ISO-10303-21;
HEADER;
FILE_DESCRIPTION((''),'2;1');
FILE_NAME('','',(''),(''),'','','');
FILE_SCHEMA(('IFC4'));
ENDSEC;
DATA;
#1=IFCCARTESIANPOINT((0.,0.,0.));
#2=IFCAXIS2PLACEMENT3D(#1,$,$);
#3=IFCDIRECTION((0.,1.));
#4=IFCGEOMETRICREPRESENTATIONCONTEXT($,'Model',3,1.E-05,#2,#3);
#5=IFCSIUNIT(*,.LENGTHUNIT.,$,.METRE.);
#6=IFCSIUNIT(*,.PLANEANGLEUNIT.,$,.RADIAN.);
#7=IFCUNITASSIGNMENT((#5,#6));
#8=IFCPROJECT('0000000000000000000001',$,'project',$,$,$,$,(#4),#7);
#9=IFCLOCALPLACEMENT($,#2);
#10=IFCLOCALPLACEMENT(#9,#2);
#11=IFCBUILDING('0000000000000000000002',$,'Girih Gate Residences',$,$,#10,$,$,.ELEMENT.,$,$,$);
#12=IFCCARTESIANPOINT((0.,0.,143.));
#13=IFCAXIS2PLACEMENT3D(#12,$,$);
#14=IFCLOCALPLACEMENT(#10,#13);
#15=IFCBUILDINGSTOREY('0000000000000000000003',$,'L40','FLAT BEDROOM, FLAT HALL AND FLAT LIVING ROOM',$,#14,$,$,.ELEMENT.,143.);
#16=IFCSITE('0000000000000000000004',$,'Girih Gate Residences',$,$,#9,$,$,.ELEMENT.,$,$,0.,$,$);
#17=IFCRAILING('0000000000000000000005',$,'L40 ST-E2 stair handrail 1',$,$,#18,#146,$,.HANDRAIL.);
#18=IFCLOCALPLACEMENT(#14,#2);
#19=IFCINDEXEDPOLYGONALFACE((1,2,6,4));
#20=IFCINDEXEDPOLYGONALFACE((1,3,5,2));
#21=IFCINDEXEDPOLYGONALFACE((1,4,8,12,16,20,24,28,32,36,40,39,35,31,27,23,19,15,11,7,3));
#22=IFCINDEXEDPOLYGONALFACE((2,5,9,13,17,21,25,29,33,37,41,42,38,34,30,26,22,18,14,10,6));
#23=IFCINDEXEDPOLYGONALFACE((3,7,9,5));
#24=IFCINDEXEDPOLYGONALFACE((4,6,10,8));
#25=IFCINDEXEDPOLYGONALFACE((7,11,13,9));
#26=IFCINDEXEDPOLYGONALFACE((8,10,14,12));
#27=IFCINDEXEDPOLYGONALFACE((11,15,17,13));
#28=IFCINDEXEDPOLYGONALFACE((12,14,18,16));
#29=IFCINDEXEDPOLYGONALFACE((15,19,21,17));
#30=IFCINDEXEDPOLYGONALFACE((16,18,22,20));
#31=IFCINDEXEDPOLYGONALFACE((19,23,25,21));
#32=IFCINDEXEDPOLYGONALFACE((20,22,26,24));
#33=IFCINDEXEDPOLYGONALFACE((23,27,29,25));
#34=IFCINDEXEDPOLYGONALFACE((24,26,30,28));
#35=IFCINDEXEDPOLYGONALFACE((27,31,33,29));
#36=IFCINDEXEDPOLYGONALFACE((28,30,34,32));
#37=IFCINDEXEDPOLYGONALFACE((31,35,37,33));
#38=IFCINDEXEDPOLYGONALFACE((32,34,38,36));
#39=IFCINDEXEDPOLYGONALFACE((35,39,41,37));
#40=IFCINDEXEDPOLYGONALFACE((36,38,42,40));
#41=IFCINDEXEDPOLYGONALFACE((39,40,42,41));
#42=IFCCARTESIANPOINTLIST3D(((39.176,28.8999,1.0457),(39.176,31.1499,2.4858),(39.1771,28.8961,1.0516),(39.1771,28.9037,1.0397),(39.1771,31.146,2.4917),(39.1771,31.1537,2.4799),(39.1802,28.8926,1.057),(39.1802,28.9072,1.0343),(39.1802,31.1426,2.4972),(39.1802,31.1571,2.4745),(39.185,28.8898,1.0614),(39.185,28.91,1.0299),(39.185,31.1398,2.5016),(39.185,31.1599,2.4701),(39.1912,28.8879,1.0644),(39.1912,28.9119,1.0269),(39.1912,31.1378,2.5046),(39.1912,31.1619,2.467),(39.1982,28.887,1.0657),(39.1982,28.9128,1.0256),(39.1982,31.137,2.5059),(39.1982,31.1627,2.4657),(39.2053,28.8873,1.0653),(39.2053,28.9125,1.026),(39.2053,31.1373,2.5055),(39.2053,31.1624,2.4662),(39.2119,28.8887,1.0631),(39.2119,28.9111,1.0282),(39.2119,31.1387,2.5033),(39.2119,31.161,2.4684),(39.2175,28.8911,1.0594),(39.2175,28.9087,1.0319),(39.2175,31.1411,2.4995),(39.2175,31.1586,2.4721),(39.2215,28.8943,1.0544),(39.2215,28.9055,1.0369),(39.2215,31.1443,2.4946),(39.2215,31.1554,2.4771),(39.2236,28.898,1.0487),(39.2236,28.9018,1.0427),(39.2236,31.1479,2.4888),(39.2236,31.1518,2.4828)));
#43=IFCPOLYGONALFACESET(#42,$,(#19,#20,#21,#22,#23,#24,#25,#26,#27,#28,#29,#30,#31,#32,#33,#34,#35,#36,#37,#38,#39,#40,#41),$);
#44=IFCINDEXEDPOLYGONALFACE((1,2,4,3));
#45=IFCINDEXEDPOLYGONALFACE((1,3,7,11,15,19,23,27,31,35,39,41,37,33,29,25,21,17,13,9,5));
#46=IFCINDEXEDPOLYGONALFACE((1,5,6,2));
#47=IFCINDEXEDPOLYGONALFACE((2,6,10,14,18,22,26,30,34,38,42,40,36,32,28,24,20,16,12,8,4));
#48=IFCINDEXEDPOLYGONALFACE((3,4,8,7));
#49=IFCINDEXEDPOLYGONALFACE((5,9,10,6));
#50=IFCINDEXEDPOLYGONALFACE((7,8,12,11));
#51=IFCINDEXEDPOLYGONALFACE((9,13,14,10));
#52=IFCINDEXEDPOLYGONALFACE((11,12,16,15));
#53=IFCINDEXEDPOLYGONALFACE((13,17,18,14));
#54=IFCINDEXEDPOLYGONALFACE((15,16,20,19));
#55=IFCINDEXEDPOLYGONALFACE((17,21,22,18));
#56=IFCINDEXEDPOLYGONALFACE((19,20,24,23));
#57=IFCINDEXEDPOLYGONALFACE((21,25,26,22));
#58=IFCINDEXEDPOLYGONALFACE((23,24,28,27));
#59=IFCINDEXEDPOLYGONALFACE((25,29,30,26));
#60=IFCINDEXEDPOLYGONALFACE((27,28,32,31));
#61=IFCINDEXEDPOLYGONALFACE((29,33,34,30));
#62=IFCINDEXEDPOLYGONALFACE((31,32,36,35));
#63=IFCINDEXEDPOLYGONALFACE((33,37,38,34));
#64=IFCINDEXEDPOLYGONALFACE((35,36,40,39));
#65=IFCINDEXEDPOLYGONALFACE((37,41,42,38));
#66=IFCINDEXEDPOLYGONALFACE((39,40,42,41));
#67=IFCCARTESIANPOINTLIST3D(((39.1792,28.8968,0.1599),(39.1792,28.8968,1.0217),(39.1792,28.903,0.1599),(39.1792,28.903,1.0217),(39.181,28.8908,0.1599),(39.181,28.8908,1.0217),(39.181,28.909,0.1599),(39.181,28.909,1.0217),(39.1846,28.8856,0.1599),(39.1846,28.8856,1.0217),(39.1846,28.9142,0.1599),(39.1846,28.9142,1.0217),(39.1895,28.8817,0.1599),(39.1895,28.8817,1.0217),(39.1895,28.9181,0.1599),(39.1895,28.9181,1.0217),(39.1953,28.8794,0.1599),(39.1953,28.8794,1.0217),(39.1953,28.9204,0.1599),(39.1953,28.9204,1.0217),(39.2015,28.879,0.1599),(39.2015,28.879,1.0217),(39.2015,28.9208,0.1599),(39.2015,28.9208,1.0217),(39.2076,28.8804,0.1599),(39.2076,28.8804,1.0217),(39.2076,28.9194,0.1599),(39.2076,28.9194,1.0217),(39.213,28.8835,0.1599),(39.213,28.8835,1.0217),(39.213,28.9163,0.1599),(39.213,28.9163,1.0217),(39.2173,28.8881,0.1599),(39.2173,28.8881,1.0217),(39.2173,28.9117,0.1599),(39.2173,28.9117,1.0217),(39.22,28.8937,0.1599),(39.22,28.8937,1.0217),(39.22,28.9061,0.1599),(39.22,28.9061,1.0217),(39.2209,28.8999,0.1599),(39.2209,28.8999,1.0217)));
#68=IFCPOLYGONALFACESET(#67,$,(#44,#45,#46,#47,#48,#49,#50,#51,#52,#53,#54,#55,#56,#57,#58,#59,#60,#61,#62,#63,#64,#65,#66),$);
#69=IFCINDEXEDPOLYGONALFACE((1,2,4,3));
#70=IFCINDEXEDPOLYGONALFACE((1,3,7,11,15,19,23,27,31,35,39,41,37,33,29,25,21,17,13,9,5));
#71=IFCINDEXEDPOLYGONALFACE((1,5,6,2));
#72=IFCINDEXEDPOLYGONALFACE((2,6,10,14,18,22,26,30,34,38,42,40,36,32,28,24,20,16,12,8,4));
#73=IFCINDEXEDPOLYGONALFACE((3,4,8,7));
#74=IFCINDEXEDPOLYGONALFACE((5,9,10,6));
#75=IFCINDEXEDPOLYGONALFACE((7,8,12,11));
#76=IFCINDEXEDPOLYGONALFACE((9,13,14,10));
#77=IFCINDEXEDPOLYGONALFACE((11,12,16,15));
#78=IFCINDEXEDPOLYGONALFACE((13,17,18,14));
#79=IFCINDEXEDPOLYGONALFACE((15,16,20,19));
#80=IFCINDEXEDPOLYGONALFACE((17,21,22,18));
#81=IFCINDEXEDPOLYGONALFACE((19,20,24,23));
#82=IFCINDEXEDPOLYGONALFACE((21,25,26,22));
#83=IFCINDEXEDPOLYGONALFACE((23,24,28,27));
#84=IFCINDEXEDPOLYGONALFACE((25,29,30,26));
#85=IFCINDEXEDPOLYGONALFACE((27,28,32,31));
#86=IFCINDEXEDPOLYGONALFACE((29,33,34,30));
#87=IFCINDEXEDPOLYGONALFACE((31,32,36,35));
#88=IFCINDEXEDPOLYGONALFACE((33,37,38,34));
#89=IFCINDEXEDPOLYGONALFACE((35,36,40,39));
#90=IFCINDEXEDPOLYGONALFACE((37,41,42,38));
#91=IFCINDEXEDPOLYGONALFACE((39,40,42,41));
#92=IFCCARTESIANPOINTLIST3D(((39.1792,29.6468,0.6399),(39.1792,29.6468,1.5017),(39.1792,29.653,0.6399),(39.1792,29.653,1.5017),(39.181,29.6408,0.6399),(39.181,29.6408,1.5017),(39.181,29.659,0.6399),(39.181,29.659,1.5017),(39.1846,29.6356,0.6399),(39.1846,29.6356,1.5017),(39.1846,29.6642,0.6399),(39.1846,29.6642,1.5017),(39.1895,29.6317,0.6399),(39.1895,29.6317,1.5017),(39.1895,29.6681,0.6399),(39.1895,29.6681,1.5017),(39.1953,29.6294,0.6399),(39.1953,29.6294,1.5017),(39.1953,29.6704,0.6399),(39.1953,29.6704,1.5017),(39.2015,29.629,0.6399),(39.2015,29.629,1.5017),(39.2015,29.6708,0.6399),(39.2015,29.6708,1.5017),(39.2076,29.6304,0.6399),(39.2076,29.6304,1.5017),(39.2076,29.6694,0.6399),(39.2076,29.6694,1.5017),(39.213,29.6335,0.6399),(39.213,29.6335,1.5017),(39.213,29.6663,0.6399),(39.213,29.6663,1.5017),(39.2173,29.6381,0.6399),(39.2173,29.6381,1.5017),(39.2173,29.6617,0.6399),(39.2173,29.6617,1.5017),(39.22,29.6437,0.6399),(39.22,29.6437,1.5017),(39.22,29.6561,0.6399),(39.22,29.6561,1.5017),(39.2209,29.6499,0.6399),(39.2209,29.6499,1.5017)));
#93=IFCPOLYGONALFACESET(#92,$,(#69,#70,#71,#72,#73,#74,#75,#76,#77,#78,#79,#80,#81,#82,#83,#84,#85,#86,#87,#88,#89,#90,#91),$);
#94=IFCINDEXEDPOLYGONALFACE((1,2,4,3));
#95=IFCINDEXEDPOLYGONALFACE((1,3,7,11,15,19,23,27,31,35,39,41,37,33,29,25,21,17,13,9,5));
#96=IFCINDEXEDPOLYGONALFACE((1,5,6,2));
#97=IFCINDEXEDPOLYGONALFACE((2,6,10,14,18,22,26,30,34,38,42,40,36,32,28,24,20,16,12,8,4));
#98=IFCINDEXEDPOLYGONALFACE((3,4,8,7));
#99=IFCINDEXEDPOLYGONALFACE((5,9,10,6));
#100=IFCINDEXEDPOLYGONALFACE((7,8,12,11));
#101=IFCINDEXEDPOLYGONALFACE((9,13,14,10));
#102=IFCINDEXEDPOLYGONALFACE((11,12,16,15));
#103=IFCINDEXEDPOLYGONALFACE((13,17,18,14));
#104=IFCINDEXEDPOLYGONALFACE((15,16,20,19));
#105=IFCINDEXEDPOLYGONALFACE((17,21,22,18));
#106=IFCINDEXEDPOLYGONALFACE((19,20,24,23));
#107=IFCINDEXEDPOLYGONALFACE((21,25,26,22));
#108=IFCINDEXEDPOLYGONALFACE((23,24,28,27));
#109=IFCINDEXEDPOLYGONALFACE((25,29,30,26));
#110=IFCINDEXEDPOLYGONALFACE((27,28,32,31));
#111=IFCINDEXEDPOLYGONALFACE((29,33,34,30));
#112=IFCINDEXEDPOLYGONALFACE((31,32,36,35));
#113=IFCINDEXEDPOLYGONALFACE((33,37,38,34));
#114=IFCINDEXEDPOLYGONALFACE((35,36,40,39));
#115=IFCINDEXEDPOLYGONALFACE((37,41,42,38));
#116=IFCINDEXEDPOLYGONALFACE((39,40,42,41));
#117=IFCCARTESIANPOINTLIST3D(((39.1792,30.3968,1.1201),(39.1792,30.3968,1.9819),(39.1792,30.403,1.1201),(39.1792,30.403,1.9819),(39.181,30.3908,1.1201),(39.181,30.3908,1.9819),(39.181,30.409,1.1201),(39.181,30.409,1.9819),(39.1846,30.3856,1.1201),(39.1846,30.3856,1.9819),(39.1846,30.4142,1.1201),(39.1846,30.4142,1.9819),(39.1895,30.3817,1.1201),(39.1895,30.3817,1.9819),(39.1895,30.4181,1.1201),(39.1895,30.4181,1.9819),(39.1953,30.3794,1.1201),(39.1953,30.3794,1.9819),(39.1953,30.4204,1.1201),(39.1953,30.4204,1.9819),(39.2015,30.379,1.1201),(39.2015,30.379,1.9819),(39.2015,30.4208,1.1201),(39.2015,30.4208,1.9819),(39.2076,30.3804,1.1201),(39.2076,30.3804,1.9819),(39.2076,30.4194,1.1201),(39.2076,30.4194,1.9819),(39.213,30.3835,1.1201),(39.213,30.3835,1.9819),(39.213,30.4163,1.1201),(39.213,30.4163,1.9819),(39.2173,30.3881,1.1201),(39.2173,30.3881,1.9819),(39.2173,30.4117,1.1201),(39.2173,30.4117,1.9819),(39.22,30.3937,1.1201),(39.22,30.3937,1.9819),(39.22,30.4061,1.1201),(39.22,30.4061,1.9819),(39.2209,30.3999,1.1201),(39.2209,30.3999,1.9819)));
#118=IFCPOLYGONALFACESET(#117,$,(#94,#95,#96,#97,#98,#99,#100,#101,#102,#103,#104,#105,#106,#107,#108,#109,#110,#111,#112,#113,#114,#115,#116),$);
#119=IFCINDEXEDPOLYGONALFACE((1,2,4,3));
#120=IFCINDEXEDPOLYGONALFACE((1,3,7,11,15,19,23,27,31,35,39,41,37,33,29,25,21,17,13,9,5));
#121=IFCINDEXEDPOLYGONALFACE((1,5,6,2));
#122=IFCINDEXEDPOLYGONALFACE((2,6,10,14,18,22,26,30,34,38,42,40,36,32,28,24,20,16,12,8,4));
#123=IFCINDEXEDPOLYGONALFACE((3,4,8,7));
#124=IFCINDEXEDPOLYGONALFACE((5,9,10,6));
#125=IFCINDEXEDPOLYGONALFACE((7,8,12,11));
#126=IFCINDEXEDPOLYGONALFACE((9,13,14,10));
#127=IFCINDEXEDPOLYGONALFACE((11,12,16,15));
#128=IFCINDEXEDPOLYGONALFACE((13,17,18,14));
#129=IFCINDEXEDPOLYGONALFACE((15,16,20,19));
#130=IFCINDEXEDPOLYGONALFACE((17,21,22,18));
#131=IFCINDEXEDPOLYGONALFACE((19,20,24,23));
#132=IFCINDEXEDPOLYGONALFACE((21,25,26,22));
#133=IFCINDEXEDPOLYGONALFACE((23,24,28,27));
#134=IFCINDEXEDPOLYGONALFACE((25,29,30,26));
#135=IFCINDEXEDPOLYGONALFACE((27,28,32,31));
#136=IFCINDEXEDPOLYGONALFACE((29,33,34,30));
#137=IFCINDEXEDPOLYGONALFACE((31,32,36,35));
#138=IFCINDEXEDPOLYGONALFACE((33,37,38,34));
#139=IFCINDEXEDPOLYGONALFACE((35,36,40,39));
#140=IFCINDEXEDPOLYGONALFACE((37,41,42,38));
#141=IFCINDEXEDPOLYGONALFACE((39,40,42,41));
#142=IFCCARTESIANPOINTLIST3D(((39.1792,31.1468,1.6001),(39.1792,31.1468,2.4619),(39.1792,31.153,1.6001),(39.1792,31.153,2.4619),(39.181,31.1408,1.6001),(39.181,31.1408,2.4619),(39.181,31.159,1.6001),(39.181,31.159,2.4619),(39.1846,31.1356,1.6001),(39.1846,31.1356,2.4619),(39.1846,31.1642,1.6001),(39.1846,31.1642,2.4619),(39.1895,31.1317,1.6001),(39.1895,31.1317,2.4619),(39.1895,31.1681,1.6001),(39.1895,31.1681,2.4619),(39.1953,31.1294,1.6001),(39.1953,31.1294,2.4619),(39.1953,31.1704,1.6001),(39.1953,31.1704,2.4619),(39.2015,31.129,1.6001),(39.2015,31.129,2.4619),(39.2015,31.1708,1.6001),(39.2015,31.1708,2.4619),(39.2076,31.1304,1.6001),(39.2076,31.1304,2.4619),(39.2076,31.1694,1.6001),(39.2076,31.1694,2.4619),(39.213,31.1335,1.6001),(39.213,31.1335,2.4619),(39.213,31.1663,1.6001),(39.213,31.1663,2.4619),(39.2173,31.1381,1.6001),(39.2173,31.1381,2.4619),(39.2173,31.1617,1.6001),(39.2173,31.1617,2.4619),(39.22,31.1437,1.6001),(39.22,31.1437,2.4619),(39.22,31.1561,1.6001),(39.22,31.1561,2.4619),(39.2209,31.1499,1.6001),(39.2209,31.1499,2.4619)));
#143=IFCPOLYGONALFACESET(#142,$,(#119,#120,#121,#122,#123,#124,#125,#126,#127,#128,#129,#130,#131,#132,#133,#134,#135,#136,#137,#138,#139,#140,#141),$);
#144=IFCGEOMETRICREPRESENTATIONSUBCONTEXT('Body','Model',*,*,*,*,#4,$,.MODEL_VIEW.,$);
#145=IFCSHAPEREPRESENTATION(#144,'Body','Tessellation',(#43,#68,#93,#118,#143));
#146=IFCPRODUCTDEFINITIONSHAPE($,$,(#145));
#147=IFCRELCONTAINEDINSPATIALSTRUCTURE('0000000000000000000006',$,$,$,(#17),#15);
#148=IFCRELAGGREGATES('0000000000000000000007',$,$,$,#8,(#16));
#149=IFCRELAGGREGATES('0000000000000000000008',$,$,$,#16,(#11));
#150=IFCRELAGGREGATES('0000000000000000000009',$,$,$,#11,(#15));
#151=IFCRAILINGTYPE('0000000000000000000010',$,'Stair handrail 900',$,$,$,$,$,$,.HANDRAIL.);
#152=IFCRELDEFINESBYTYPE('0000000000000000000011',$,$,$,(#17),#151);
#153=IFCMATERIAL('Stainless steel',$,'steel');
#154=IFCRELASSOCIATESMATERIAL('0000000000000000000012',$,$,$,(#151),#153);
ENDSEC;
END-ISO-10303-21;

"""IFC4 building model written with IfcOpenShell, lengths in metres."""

from ifc_helpers import new_model, si_unit, direction, frame, origin, origin_2d, place, context, subcontext, project, spatial, circle, extrude, material, type_object, element, save


model = new_model("IFC4")

# Units and contexts
model_context = context("Model", 3, precision=1e-05, world=origin(), true_north=direction((0.0, 1.0)))
body_context = subcontext(model_context, "Body", "Model", "MODEL_VIEW")
ifc_project = project(units=[si_unit("LENGTHUNIT", "METRE"), si_unit("PLANEANGLEUNIT", "RADIAN")], contexts=[model_context])

# Site, building, storey
site_placement = place(None, origin())
site = spatial("IfcSite", under=ifc_project, at=site_placement, Name="Girih Gate Residences", CompositionType="ELEMENT", RefElevation=0.0)
building_placement = place(site_placement, origin())
building = spatial("IfcBuilding", under=site, at=building_placement, Name="Girih Gate Residences", CompositionType="ELEMENT")
storey_placement = place(building_placement, frame((0.0, 0.0, 143.0)))
storey = spatial("IfcBuildingStorey", under=building, at=storey_placement, Name="L40", Description="FLAT BEDROOM, FLAT HALL AND FLAT LIVING ROOM", CompositionType="ELEMENT", Elevation=143.0)

# Railing
ifc_material_1 = material(Name="Stainless steel", Category="steel")
railing_type_1 = type_object("IfcRailingType", Name="Stair handrail 900", PredefinedType="HANDRAIL", material=ifc_material_1)
railing_1_placement = place(storey_placement, frame((39.2, 28.8999, 0.1599)))
element("IfcRailing", 1, at=railing_1_placement, inside=storey, type_object=railing_type_1, Name="L40 ST-E2 stair handrail 1", PredefinedType="HANDRAIL", context=body_context, shape_type="SweptSolid", body=[
    extrude(circle(Radius=0.0239, at=origin_2d()), frame((0.0, 0.0, 0.8857), z_axis=(0.0, 0.84224, 0.539103), x_axis=(-1.0, 0.0, 0.0)), (0.0, 0.0, 1.0), 2.6714),
    extrude(circle(Radius=0.021, at=origin_2d()), origin(), (0.0, 0.0, 1.0), 0.8618),
    extrude(circle(Radius=0.021, at=origin_2d()), frame((0.0, 0.75, 0.48)), (0.0, 0.0, 1.0), 0.8618),
    extrude(circle(Radius=0.021, at=origin_2d()), frame((0.0, 1.5, 0.9602)), (0.0, 0.0, 1.0), 0.8618),
    extrude(circle(Radius=0.021, at=origin_2d()), frame((0.0, 2.25, 1.4402)), (0.0, 0.0, 1.0), 0.8618),
])

save(model, "model.ifc")
